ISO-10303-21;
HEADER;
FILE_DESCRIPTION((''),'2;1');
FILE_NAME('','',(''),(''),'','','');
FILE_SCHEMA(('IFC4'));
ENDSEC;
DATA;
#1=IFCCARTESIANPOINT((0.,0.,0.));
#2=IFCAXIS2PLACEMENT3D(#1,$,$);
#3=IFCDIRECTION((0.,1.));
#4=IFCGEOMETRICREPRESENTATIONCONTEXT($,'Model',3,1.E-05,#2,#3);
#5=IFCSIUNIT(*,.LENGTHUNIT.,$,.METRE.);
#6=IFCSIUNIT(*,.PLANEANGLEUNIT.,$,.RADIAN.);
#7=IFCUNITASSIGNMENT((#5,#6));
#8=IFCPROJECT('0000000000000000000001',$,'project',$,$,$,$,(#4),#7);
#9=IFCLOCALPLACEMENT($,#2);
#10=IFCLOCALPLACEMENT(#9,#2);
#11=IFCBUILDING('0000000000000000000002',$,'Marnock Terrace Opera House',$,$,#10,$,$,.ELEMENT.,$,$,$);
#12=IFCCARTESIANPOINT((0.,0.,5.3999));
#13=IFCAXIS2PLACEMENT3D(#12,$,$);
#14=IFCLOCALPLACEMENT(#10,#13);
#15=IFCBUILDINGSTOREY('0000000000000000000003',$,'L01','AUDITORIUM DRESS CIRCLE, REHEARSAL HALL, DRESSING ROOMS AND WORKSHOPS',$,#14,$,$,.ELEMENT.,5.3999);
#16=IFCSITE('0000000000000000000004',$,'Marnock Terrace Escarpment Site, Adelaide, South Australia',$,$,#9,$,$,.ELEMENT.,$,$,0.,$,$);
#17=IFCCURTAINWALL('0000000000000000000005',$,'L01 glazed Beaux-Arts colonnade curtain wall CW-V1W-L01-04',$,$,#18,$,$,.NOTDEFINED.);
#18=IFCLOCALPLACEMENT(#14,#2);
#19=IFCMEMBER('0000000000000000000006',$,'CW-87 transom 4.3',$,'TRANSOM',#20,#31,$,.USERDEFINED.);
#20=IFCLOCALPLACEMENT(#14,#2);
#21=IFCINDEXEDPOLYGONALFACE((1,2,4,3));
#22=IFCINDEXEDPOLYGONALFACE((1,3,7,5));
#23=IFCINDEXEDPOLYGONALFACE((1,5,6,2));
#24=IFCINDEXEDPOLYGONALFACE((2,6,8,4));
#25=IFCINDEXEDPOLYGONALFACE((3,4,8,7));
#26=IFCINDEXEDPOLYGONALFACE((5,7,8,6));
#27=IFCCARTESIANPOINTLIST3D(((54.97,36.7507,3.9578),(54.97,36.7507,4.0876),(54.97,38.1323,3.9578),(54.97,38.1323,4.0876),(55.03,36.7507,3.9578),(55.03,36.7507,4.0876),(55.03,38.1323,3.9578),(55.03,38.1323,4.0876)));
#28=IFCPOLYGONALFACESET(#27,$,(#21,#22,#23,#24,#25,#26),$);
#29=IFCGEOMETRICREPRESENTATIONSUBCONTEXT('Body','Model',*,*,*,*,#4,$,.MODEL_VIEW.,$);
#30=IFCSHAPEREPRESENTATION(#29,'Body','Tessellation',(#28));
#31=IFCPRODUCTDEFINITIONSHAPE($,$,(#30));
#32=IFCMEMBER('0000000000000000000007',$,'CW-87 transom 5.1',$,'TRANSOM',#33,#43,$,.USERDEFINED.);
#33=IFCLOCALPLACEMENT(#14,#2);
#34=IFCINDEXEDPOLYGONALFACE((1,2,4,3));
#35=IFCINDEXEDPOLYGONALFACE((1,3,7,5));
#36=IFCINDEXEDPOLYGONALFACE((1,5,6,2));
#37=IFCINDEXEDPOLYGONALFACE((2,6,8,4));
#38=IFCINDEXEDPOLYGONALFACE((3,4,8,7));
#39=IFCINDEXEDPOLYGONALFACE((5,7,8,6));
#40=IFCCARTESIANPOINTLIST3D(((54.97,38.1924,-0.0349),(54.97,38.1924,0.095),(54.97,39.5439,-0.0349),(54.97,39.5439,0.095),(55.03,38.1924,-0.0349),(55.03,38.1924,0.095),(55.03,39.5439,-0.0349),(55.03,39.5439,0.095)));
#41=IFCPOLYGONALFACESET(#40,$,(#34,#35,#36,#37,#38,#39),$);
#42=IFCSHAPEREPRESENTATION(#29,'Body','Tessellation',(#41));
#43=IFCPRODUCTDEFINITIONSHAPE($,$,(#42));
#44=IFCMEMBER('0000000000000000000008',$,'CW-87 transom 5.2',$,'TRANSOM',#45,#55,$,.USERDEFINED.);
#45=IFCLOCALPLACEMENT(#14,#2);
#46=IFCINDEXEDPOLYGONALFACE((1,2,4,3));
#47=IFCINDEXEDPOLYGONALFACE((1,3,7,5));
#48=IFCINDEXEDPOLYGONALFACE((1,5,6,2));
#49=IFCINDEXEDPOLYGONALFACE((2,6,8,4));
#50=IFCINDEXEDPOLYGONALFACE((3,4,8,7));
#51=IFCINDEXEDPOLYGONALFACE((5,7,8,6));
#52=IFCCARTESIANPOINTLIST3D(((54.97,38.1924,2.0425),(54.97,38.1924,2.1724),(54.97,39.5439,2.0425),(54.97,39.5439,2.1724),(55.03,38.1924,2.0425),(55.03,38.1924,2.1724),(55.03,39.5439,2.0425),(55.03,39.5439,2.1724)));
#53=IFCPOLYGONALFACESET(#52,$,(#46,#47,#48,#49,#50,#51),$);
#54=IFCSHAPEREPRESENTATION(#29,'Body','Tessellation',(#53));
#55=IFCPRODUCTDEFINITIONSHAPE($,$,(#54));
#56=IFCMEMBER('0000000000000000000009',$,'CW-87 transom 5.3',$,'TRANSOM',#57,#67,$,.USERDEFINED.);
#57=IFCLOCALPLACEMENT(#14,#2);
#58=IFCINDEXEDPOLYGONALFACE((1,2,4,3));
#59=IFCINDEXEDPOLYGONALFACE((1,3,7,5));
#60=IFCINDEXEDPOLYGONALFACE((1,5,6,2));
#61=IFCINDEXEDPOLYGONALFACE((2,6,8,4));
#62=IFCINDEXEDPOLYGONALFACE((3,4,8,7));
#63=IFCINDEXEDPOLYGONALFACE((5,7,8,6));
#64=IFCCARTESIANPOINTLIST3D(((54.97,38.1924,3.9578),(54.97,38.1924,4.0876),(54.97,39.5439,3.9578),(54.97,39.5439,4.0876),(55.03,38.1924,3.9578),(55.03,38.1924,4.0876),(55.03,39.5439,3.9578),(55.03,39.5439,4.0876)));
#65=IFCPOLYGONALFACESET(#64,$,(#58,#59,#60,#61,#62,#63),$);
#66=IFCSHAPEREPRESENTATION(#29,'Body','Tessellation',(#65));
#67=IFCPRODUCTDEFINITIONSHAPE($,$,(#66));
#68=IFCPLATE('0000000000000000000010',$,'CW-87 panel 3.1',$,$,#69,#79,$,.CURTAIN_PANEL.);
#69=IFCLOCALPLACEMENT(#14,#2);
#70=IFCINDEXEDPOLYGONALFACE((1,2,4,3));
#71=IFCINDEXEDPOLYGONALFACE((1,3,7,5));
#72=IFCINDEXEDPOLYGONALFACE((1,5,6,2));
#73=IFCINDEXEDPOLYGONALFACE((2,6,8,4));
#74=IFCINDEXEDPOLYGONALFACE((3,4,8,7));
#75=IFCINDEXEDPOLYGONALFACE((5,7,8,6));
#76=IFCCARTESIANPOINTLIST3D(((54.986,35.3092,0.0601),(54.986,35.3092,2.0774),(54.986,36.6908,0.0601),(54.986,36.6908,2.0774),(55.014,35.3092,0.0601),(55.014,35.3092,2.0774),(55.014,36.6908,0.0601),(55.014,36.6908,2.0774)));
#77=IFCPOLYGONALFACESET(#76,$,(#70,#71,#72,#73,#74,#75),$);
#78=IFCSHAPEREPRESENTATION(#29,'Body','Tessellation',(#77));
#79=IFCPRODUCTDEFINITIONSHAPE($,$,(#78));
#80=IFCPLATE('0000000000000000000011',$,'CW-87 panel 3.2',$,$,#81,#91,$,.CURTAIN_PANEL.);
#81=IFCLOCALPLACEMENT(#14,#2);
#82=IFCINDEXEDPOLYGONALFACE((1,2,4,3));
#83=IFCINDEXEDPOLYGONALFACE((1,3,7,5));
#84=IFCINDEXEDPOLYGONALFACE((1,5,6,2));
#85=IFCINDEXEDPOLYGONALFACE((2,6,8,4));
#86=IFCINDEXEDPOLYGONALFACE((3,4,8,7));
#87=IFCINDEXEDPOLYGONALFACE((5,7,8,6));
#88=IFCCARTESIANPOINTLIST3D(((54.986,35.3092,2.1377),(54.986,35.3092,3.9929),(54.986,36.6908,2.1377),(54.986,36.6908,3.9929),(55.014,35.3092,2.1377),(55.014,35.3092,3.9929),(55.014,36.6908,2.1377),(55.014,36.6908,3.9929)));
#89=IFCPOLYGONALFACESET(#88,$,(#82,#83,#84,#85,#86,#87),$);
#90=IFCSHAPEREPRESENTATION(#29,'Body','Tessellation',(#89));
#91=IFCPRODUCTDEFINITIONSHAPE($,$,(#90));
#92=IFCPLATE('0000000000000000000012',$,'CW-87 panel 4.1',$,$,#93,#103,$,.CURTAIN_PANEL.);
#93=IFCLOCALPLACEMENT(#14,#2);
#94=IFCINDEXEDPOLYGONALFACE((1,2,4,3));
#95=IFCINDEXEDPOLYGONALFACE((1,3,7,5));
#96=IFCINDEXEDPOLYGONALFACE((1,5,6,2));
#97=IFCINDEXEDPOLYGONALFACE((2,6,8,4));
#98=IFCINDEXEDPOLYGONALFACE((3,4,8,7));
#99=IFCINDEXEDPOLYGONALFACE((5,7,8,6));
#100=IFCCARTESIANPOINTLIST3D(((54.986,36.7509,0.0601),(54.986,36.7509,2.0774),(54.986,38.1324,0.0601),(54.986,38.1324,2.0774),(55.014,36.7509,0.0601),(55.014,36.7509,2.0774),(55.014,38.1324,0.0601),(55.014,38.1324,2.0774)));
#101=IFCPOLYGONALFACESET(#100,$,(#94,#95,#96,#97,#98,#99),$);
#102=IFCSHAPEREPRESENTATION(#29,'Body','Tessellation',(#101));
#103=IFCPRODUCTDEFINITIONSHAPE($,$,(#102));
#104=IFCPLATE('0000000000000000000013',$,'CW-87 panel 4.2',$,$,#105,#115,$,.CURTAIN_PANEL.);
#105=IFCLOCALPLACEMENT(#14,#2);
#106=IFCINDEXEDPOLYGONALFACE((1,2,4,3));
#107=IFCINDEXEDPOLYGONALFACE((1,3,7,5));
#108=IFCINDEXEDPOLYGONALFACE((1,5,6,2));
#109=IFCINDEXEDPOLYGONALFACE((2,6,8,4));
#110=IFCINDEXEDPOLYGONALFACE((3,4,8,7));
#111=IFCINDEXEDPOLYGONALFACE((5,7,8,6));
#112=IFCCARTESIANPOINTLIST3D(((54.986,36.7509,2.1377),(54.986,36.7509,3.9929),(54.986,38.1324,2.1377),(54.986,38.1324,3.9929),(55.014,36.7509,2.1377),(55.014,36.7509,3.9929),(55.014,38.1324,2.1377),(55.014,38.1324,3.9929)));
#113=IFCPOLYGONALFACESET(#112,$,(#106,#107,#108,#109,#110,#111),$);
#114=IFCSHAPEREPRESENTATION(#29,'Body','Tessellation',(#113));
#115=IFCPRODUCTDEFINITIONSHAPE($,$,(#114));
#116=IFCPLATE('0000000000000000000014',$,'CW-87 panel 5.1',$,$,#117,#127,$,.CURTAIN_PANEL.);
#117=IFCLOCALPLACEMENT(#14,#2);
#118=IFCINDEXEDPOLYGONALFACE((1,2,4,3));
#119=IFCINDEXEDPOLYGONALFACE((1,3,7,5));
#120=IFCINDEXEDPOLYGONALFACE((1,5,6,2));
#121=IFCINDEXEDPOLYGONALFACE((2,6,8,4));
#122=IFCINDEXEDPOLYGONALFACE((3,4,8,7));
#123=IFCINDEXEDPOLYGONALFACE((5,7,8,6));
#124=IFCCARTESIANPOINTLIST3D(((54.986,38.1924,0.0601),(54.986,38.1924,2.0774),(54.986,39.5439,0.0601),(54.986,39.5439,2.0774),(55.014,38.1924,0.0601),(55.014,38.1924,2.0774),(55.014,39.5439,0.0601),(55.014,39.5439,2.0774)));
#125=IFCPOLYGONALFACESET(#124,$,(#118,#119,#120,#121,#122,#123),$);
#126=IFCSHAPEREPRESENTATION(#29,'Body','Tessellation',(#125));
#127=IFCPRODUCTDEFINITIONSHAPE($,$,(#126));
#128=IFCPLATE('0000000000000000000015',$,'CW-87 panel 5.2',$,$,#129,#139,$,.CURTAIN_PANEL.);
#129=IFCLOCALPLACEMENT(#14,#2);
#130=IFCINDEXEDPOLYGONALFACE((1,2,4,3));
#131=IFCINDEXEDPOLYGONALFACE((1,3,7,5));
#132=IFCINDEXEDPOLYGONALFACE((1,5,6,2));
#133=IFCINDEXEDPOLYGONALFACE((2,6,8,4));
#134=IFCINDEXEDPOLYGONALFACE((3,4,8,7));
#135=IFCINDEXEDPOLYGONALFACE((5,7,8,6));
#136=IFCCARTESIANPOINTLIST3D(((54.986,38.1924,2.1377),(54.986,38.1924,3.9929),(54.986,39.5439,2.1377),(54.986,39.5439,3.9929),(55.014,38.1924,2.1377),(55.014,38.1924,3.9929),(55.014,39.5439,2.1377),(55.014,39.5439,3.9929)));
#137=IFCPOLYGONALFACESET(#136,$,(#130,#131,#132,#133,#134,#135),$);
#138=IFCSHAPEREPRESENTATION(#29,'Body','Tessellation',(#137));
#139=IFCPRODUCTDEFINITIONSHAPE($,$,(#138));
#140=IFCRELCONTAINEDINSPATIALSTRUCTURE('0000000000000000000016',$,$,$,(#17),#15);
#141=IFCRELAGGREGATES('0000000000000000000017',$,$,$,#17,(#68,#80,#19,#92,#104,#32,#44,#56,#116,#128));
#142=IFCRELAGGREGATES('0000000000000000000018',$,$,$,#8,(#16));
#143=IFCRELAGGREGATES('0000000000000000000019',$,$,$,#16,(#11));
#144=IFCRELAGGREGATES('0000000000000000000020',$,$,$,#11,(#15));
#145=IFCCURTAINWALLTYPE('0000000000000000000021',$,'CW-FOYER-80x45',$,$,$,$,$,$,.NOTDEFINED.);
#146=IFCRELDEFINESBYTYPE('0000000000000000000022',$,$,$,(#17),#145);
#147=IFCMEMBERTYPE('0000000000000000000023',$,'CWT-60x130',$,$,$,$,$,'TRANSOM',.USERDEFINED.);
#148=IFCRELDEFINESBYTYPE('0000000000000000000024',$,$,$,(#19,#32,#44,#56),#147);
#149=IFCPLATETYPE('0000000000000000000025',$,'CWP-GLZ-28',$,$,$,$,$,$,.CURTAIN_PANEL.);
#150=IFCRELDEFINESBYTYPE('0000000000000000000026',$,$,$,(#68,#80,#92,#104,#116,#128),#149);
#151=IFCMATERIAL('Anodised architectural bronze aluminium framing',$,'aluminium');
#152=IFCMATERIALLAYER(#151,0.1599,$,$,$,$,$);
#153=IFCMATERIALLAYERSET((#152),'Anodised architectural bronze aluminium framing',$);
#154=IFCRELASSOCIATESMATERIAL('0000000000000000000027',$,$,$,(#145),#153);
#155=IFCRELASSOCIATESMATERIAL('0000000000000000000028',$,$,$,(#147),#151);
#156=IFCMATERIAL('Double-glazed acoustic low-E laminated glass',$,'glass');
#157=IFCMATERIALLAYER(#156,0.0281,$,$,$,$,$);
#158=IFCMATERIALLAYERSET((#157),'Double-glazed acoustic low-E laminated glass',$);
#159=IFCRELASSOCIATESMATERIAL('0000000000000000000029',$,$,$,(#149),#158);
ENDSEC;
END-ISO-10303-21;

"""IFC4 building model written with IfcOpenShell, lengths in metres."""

from ifc_helpers import new_model, si_unit, direction, frame, origin, origin_2d, place, context, subcontext, project, spatial, rectangle, extrude, material, layer, layer_set, material_profile, profile_set, type_object, element, aggregate, save


model = new_model("IFC4")

# Units and contexts
model_context = context("Model", 3, precision=1e-05, world=origin(), true_north=direction((0.0, 1.0)))
body_context = subcontext(model_context, "Body", "Model", "MODEL_VIEW")
ifc_project = project(units=[si_unit("LENGTHUNIT", "METRE"), si_unit("PLANEANGLEUNIT", "RADIAN")], contexts=[model_context])

# Site, building, storey
site_placement = place(None, origin())
site = spatial("IfcSite", under=ifc_project, at=site_placement, Name="Marnock Terrace Escarpment Site, Adelaide, South Australia", CompositionType="ELEMENT", RefElevation=0.0)
building_placement = place(site_placement, origin())
building = spatial("IfcBuilding", under=site, at=building_placement, Name="Marnock Terrace Opera House", CompositionType="ELEMENT")
storey_placement = place(building_placement, frame((0.0, 0.0, 5.3999)))
storey = spatial("IfcBuildingStorey", under=building, at=storey_placement, Name="L01", Description="AUDITORIUM DRESS CIRCLE, REHEARSAL HALL, DRESSING ROOMS AND WORKSHOPS", CompositionType="ELEMENT", Elevation=5.3999)

# Curtain wall, members, plates
ifc_material_1 = material(Name="Anodised architectural bronze aluminium framing", Category="aluminium")
ifc_layer_1 = layer(ifc_material_1, 0.1599)
ifc_layer_set_1 = layer_set([ifc_layer_1], Name="Anodised architectural bronze aluminium framing")
curtain_wall_type = type_object("IfcCurtainWallType", Name="CW-FOYER-80x45", PredefinedType="NOTDEFINED", material=ifc_layer_set_1)
curtain_wall_placement = place(storey_placement, origin())
curtain_wall = element("IfcCurtainWall", 1, at=curtain_wall_placement, inside=storey, type_object=curtain_wall_type, Name="L01 glazed Beaux-Arts colonnade curtain wall CW-V1W-L01-04", PredefinedType="NOTDEFINED")
ifc_material_profile_1 = material_profile(ifc_material_1, rectangle(XDim=0.0601, YDim=0.1299, at=origin_2d()))
ifc_profile_set_1 = profile_set([ifc_material_profile_1], Name="Anodised architectural bronze aluminium framing")
member_type_1 = type_object("IfcMemberType", Name="CWT-60x130", ElementType="TRANSOM", PredefinedType="USERDEFINED", material=ifc_profile_set_1)
member_1_placement = place(storey_placement, frame((55.0, 36.7507, 4.0227), z_axis=(0.0, 1.0, 0.0), x_axis=(-1.0, 0.0, 0.0)))
member_1 = element("IfcMember", 2, at=member_1_placement, type_object=member_type_1, Name="CW-87 transom 4.3", ObjectType="TRANSOM", PredefinedType="USERDEFINED", context=body_context, shape_type="SweptSolid", body=[
    extrude(rectangle(XDim=0.0601, YDim=0.1299, at=origin_2d()), origin(), (0.0, 0.0, 1.0), 1.3816),
])
member_2_placement = place(storey_placement, frame((55.0, 38.1924, 0.03), z_axis=(0.0, 1.0, 0.0), x_axis=(-1.0, 0.0, 0.0)))
member_2 = element("IfcMember", 3, at=member_2_placement, type_object=member_type_1, Name="CW-87 transom 5.1", ObjectType="TRANSOM", PredefinedType="USERDEFINED", context=body_context, shape_type="SweptSolid", body=[
    extrude(rectangle(XDim=0.0601, YDim=0.1299, at=origin_2d()), origin(), (0.0, 0.0, 1.0), 1.3516),
])
member_3_placement = place(storey_placement, frame((55.0, 38.1924, 2.1074), z_axis=(0.0, 1.0, 0.0), x_axis=(-1.0, 0.0, 0.0)))
member_3 = element("IfcMember", 4, at=member_3_placement, type_object=member_type_1, Name="CW-87 transom 5.2", ObjectType="TRANSOM", PredefinedType="USERDEFINED", context=body_context, shape_type="SweptSolid", body=[
    extrude(rectangle(XDim=0.0601, YDim=0.1299, at=origin_2d()), origin(), (0.0, 0.0, 1.0), 1.3516),
])
member_4_placement = place(storey_placement, frame((55.0, 38.1924, 4.0227), z_axis=(0.0, 1.0, 0.0), x_axis=(-1.0, 0.0, 0.0)))
member_4 = element("IfcMember", 5, at=member_4_placement, type_object=member_type_1, Name="CW-87 transom 5.3", ObjectType="TRANSOM", PredefinedType="USERDEFINED", context=body_context, shape_type="SweptSolid", body=[
    extrude(rectangle(XDim=0.0601, YDim=0.1299, at=origin_2d()), origin(), (0.0, 0.0, 1.0), 1.3516),
])
ifc_material_2 = material(Name="Double-glazed acoustic low-E laminated glass", Category="glass")
ifc_layer_2 = layer(ifc_material_2, 0.0281)
ifc_layer_set_2 = layer_set([ifc_layer_2], Name="Double-glazed acoustic low-E laminated glass")
plate_type = type_object("IfcPlateType", Name="CWP-GLZ-28", PredefinedType="CURTAIN_PANEL", material=ifc_layer_set_2)
plate_1_placement = place(storey_placement, frame((55.0, 36.0, 0.0601), z_axis=(0.0, 0.0, 1.0), x_axis=(0.0, 1.0, 0.0)))
plate_1 = element("IfcPlate", 6, at=plate_1_placement, type_object=plate_type, Name="CW-87 panel 3.1", PredefinedType="CURTAIN_PANEL", context=body_context, shape_type="SweptSolid", body=[
    extrude(rectangle(XDim=1.3816, YDim=0.0281, at=origin_2d()), origin(), (0.0, 0.0, 1.0), 2.0173),
])
plate_2_placement = place(storey_placement, frame((55.0, 36.0, 2.1377), z_axis=(0.0, 0.0, 1.0), x_axis=(0.0, 1.0, 0.0)))
plate_2 = element("IfcPlate", 7, at=plate_2_placement, type_object=plate_type, Name="CW-87 panel 3.2", PredefinedType="CURTAIN_PANEL", context=body_context, shape_type="SweptSolid", body=[
    extrude(rectangle(XDim=1.3816, YDim=0.0281, at=origin_2d()), origin(), (0.0, 0.0, 1.0), 1.8552),
])
plate_3_placement = place(storey_placement, frame((55.0, 37.4417, 0.0601), z_axis=(0.0, 0.0, 1.0), x_axis=(0.0, 1.0, 0.0)))
plate_3 = element("IfcPlate", 8, at=plate_3_placement, type_object=plate_type, Name="CW-87 panel 4.1", PredefinedType="CURTAIN_PANEL", context=body_context, shape_type="SweptSolid", body=[
    extrude(rectangle(XDim=1.3816, YDim=0.0281, at=origin_2d()), origin(), (0.0, 0.0, 1.0), 2.0173),
])
plate_4_placement = place(storey_placement, frame((55.0, 37.4417, 2.1377), z_axis=(0.0, 0.0, 1.0), x_axis=(0.0, 1.0, 0.0)))
plate_4 = element("IfcPlate", 9, at=plate_4_placement, type_object=plate_type, Name="CW-87 panel 4.2", PredefinedType="CURTAIN_PANEL", context=body_context, shape_type="SweptSolid", body=[
    extrude(rectangle(XDim=1.3816, YDim=0.0281, at=origin_2d()), origin(), (0.0, 0.0, 1.0), 1.8552),
])
plate_5_placement = place(storey_placement, frame((55.0, 38.8682, 0.0601), z_axis=(0.0, 0.0, 1.0), x_axis=(0.0, 1.0, 0.0)))
plate_5 = element("IfcPlate", 10, at=plate_5_placement, type_object=plate_type, Name="CW-87 panel 5.1", PredefinedType="CURTAIN_PANEL", context=body_context, shape_type="SweptSolid", body=[
    extrude(rectangle(XDim=1.3516, YDim=0.0281, at=origin_2d()), origin(), (0.0, 0.0, 1.0), 2.0173),
])
plate_6_placement = place(storey_placement, frame((55.0, 38.8682, 2.1377), z_axis=(0.0, 0.0, 1.0), x_axis=(0.0, 1.0, 0.0)))
plate_6 = element("IfcPlate", 11, at=plate_6_placement, type_object=plate_type, Name="CW-87 panel 5.2", PredefinedType="CURTAIN_PANEL", context=body_context, shape_type="SweptSolid", body=[
    extrude(rectangle(XDim=1.3516, YDim=0.0281, at=origin_2d()), origin(), (0.0, 0.0, 1.0), 1.8552),
])
aggregate(curtain_wall, [plate_1, plate_2, member_1, plate_3, plate_4, member_2, member_3, member_4, plate_5, plate_6])

save(model, "model.ifc")
